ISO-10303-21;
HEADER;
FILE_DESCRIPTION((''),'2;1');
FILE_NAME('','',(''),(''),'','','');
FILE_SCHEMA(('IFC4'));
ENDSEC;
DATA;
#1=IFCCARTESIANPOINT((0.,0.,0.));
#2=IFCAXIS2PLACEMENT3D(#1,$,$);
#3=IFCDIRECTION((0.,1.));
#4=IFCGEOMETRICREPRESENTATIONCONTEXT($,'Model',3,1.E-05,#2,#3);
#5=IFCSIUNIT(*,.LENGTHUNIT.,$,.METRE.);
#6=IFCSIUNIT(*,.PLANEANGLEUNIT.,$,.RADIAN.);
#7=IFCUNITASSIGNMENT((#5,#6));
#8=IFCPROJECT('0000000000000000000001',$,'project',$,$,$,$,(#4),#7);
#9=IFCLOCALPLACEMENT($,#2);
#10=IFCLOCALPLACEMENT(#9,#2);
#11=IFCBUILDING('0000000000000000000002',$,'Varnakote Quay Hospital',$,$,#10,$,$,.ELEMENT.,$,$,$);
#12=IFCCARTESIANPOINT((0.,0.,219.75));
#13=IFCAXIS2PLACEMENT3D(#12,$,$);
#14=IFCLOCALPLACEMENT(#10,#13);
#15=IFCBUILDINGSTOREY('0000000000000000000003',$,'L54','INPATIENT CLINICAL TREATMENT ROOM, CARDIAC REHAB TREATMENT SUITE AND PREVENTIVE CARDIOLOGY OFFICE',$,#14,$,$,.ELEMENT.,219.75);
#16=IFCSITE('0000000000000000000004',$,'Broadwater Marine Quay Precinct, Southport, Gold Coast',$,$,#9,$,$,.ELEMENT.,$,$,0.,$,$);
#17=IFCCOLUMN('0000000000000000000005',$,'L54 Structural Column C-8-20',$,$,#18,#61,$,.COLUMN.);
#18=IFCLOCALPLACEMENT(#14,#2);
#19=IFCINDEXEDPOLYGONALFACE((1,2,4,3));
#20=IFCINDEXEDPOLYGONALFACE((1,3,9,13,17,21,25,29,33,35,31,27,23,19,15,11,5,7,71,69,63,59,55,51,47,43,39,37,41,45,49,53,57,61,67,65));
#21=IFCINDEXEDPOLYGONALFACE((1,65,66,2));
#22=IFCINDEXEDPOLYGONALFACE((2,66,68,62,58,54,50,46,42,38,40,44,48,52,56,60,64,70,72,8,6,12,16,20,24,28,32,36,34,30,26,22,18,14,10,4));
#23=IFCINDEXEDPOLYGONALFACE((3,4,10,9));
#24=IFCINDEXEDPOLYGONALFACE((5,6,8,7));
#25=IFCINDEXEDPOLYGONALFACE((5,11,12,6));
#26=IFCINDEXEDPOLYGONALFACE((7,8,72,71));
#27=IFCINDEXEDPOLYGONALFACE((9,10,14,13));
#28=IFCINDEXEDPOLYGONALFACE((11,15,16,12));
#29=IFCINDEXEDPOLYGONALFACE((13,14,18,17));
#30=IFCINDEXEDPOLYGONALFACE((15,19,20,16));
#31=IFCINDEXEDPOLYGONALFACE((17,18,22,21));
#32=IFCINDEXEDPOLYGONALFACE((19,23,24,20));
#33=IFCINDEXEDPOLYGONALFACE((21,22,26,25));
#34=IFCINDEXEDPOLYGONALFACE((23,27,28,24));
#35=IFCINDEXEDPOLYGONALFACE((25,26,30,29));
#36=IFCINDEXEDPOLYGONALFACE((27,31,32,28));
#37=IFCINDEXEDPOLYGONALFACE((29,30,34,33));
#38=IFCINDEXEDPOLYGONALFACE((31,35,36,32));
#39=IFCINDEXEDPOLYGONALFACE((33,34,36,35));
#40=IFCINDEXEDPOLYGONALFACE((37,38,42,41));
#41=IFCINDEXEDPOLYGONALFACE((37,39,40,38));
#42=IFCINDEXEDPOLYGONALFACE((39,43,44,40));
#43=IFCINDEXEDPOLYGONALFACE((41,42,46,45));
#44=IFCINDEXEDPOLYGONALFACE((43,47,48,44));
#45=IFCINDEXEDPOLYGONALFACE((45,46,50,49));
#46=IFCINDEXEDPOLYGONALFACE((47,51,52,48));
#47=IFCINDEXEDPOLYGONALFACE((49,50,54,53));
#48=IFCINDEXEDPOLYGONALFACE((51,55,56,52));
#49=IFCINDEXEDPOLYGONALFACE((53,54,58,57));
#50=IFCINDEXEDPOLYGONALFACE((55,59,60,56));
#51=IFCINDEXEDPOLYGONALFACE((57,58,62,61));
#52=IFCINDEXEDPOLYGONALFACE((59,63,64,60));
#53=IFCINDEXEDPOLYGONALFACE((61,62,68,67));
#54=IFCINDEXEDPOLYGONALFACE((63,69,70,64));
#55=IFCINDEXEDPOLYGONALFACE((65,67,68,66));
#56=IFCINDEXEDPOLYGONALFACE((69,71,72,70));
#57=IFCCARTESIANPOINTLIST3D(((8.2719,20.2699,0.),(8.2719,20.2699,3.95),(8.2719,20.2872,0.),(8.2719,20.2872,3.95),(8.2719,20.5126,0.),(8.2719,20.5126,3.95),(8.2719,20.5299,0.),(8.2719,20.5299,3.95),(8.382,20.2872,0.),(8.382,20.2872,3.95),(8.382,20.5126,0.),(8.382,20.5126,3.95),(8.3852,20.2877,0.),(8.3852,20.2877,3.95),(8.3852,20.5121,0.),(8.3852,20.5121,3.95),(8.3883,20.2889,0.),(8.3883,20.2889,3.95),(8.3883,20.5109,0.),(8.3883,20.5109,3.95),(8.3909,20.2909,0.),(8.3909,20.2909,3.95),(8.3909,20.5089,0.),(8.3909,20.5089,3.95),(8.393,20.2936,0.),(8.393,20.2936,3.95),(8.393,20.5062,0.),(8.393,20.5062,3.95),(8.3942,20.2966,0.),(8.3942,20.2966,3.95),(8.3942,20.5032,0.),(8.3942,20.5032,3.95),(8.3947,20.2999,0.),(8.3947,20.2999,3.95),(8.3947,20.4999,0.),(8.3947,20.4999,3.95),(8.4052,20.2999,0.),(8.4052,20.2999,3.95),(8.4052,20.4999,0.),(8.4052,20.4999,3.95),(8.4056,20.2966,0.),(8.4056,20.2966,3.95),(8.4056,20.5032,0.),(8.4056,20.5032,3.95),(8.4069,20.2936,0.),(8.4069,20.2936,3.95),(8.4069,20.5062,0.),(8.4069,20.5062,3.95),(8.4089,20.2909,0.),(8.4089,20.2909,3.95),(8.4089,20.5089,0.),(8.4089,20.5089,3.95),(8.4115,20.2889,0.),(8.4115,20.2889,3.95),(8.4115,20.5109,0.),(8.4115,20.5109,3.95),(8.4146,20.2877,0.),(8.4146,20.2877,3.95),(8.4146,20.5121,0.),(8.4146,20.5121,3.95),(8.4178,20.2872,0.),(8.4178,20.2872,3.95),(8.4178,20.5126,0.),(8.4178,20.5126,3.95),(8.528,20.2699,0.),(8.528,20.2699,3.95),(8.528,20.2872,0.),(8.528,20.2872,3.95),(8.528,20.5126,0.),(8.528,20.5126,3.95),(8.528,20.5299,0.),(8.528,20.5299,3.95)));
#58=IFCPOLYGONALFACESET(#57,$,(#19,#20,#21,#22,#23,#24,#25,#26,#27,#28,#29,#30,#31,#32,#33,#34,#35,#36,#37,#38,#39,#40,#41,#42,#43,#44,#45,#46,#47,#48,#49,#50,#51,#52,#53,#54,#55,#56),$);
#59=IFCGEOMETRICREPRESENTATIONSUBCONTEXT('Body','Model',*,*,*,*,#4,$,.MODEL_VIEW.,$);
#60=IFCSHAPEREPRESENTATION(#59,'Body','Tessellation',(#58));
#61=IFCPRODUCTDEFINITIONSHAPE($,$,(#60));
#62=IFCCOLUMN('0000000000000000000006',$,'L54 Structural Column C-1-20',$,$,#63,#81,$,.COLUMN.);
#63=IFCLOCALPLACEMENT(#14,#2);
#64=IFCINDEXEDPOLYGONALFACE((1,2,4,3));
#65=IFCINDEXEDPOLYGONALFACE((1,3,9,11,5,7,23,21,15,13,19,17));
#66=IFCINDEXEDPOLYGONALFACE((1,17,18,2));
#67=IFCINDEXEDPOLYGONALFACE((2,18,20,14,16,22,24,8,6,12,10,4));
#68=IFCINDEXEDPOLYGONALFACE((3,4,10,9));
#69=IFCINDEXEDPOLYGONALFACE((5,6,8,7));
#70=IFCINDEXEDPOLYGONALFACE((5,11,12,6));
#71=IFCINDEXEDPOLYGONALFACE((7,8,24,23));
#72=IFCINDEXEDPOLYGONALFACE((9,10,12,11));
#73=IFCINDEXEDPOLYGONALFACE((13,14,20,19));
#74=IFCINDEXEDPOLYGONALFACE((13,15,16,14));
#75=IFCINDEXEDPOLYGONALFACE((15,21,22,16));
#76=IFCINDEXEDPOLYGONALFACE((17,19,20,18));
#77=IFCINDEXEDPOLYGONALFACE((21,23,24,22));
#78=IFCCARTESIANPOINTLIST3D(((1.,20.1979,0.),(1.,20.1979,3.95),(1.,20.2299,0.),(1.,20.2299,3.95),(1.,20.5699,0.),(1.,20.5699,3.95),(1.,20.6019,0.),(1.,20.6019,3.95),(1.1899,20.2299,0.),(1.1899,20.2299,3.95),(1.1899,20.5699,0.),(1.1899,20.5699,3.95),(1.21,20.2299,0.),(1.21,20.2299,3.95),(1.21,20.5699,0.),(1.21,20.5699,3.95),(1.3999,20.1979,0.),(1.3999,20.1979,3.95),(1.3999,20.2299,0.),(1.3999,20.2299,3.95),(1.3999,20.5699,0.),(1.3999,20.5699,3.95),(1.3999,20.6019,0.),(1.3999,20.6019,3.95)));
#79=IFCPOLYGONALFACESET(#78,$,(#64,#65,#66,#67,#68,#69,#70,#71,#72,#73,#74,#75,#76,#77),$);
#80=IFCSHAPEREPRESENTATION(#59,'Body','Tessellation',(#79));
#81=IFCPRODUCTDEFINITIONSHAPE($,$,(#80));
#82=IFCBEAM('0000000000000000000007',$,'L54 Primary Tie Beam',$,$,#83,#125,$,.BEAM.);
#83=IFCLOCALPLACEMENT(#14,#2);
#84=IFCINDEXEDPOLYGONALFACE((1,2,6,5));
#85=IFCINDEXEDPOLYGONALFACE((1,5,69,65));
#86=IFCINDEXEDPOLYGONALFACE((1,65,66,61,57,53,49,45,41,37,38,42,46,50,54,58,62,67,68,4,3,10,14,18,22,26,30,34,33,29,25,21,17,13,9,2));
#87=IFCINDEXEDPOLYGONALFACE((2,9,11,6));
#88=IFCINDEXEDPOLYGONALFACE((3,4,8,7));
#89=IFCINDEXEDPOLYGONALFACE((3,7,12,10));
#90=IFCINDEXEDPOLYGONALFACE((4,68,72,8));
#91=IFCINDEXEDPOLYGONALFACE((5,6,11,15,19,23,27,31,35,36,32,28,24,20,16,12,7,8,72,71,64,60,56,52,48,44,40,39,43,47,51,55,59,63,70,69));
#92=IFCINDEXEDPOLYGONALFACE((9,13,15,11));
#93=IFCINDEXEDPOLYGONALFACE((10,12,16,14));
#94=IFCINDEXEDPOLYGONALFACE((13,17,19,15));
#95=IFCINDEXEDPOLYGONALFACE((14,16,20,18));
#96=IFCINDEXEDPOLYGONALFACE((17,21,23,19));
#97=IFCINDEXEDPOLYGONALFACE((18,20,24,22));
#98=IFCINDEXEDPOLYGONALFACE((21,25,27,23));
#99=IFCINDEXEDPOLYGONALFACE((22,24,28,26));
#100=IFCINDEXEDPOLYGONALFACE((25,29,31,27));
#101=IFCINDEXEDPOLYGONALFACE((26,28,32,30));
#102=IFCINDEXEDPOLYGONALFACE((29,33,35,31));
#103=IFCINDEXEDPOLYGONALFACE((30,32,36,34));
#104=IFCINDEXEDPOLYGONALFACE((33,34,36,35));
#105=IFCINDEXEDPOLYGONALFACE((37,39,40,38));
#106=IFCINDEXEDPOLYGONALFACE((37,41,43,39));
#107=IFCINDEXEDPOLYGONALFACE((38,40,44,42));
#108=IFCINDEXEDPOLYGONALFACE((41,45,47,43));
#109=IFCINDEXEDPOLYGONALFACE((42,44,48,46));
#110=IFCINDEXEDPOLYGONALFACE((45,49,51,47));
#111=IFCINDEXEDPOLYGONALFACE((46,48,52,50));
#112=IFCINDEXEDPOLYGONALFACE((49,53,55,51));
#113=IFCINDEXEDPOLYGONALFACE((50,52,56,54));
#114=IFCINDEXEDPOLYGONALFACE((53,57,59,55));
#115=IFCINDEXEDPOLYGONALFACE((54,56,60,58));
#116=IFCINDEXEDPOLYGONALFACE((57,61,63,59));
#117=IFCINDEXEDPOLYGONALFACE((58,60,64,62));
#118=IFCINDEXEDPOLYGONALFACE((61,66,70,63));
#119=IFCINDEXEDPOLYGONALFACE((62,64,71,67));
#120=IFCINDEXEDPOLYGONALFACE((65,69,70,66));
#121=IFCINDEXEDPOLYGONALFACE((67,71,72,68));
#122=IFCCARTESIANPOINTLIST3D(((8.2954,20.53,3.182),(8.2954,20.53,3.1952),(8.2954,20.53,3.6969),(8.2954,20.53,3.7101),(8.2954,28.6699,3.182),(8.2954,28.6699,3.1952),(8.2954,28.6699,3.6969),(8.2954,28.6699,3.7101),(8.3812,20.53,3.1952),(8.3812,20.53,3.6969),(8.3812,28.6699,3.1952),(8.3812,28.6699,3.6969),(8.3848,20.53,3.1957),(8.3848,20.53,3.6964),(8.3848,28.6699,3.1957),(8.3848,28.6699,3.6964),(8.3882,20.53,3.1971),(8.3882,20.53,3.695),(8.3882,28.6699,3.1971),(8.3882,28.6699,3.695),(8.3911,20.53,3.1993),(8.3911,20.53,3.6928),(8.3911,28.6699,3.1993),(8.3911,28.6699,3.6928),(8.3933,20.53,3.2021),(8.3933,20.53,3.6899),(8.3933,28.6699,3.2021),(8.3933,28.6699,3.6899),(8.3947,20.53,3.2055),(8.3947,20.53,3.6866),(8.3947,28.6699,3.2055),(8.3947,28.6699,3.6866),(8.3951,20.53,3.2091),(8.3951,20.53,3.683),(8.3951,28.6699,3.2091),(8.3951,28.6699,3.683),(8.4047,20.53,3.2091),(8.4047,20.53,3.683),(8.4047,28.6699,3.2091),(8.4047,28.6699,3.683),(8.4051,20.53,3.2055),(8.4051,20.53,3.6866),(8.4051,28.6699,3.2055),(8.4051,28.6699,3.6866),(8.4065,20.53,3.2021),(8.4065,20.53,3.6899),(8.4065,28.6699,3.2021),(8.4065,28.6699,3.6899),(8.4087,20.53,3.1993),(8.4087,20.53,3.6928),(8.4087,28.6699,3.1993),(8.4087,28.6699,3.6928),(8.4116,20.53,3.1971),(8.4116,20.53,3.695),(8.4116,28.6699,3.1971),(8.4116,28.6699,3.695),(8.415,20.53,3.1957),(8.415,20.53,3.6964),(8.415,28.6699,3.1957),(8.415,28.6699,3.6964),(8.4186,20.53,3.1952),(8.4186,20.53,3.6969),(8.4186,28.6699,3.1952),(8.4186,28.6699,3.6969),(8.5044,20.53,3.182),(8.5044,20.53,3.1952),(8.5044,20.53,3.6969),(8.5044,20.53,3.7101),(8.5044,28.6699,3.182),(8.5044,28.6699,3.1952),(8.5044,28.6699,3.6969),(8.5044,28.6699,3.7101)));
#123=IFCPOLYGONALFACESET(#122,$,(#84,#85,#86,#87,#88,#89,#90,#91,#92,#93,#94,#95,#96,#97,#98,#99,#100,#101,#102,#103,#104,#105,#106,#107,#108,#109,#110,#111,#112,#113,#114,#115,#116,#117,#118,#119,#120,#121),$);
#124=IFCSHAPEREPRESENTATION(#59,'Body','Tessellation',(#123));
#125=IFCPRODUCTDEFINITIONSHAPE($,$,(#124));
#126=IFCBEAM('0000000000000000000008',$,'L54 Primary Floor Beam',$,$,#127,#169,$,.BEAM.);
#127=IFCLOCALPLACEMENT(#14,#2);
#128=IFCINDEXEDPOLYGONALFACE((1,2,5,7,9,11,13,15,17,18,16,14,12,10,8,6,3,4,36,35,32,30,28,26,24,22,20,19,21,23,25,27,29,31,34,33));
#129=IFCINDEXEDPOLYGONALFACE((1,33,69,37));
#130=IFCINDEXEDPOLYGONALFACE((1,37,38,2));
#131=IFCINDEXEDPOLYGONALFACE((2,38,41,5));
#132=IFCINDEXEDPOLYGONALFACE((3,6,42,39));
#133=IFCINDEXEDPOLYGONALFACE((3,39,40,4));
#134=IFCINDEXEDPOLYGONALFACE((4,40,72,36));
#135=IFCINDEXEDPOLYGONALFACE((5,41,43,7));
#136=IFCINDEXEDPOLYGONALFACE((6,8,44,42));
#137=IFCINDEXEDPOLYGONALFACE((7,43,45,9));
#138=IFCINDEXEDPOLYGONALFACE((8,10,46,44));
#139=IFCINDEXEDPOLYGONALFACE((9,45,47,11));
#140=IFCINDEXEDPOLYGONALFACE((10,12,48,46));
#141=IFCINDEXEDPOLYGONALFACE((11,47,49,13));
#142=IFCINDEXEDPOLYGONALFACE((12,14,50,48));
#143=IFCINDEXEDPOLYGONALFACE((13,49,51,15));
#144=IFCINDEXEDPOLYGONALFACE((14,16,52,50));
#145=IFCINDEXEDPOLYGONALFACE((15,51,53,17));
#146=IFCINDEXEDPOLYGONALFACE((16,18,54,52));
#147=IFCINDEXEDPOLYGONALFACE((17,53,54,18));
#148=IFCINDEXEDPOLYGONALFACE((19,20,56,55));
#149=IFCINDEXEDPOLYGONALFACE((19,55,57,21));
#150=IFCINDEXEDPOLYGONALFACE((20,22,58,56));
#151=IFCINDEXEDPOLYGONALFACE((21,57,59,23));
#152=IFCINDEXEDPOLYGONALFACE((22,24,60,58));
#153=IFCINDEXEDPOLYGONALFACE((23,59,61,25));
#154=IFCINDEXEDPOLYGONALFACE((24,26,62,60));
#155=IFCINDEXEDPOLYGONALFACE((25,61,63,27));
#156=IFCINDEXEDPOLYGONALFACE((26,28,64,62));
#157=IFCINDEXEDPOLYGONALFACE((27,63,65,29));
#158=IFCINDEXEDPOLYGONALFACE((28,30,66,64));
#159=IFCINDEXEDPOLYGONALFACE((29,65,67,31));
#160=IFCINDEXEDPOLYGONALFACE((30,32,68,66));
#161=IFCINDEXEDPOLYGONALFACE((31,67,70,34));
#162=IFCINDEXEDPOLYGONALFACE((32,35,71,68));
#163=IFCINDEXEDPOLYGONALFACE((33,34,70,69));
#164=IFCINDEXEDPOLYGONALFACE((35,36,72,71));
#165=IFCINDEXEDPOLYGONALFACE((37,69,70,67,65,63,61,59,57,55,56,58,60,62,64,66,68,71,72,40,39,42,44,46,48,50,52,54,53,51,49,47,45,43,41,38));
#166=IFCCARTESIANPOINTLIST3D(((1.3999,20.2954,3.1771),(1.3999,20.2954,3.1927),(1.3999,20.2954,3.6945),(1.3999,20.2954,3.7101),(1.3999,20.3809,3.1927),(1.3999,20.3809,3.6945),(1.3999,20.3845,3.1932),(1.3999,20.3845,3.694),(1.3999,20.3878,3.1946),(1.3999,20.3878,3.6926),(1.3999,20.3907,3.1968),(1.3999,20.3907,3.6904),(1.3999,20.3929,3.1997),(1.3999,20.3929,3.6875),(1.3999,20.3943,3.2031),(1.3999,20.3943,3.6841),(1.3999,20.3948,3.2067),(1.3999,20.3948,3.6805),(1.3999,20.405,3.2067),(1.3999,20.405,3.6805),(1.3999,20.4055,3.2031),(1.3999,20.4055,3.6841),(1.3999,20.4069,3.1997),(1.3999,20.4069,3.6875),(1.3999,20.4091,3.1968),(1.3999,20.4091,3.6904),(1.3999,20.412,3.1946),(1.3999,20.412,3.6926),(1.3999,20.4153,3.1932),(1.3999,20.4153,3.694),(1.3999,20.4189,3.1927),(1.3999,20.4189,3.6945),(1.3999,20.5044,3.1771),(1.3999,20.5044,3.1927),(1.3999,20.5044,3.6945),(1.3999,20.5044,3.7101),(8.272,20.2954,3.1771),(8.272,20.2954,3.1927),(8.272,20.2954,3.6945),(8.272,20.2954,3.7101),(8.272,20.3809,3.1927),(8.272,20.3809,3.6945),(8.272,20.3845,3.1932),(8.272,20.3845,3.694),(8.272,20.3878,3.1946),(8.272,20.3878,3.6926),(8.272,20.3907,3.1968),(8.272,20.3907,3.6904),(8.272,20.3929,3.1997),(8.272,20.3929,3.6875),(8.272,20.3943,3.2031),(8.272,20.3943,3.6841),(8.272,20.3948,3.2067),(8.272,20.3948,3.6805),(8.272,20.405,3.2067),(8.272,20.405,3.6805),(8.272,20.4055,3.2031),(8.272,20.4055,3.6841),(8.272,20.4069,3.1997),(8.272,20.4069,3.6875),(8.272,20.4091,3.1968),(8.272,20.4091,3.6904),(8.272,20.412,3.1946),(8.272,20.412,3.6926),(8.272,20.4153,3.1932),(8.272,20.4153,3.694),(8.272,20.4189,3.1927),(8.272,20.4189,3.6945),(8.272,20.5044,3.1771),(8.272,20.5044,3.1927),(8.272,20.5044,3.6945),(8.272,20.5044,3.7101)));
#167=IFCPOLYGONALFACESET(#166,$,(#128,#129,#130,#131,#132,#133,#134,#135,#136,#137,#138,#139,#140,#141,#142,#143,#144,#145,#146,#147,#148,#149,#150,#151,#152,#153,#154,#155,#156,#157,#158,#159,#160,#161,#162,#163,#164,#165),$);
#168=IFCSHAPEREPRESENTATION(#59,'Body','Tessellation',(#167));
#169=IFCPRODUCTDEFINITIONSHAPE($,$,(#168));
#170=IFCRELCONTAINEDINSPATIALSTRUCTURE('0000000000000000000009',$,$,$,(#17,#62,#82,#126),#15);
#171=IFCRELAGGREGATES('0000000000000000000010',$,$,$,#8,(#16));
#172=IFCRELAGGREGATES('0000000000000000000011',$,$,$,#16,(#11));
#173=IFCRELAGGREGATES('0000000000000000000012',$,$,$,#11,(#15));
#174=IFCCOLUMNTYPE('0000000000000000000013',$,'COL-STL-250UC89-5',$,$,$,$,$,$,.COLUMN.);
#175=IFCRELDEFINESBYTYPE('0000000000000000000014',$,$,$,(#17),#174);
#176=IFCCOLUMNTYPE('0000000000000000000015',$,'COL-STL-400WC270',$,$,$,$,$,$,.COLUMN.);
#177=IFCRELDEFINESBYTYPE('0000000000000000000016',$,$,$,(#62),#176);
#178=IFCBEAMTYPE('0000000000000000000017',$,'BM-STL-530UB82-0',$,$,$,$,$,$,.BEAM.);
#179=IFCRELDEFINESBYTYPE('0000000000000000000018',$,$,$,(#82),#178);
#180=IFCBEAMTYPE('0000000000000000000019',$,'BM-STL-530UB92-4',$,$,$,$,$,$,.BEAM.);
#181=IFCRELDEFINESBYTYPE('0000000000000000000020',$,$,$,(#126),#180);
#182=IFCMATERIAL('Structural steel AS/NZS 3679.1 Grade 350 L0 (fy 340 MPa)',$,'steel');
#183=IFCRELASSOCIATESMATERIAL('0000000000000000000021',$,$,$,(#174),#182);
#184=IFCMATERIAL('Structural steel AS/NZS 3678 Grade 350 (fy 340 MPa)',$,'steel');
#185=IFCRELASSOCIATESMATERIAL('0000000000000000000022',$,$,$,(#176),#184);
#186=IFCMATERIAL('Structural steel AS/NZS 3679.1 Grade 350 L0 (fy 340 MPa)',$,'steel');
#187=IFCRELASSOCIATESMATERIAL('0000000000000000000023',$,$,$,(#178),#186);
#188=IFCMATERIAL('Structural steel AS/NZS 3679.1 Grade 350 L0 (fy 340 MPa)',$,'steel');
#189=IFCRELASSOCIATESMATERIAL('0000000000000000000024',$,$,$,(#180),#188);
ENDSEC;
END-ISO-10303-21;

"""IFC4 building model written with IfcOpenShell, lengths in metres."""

from ifc_helpers import new_model, si_unit, direction, frame, origin, origin_2d, place, context, subcontext, project, spatial, i_section, extrude, material, material_profile, profile_set, type_object, element, save


model = new_model("IFC4")

# Units and contexts
model_context = context("Model", 3, precision=1e-05, world=origin(), true_north=direction((0.0, 1.0)))
body_context = subcontext(model_context, "Body", "Model", "MODEL_VIEW")
ifc_project = project(units=[si_unit("LENGTHUNIT", "METRE"), si_unit("PLANEANGLEUNIT", "RADIAN")], contexts=[model_context])

# Site, building, storey
site_placement = place(None, origin())
site = spatial("IfcSite", under=ifc_project, at=site_placement, Name="Broadwater Marine Quay Precinct, Southport, Gold Coast", CompositionType="ELEMENT", RefElevation=0.0)
building_placement = place(site_placement, origin())
building = spatial("IfcBuilding", under=site, at=building_placement, Name="Varnakote Quay Hospital", CompositionType="ELEMENT")
storey_placement = place(building_placement, frame((0.0, 0.0, 219.75)))
storey = spatial("IfcBuildingStorey", under=building, at=storey_placement, Name="L54", Description="INPATIENT CLINICAL TREATMENT ROOM, CARDIAC REHAB TREATMENT SUITE AND PREVENTIVE CARDIOLOGY OFFICE", CompositionType="ELEMENT", Elevation=219.75)

# Columns
ifc_material_1 = material(Name="Structural steel AS/NZS 3679.1 Grade 350 L0 (fy 340 MPa)", Category="steel")
ifc_material_profile_1 = material_profile(ifc_material_1, i_section(OverallWidth=0.2561, OverallDepth=0.26, WebThickness=0.0105, FlangeThickness=0.0173, FilletRadius=0.0127, at=origin_2d()), Name="250UC89.5")
ifc_profile_set_1 = profile_set([ifc_material_profile_1], Name="Structural steel AS/NZS 3679.1 Grade 350 L0 (fy 340 MPa)")
column_type_1 = type_object("IfcColumnType", Name="COL-STL-250UC89-5", PredefinedType="COLUMN", material=ifc_profile_set_1)
column_1_placement = place(storey_placement, frame((8.3999, 20.3999, 0.0), z_axis=(0.0, 0.0, 1.0), x_axis=(1.0, 0.0, 0.0)))
element("IfcColumn", 1, at=column_1_placement, inside=storey, type_object=column_type_1, Name="L54 Structural Column C-8-20", PredefinedType="COLUMN", context=body_context, shape_type="SweptSolid", body=[
    extrude(i_section(OverallWidth=0.2561, OverallDepth=0.26, WebThickness=0.0105, FlangeThickness=0.0173, FilletRadius=0.0127, at=origin_2d()), origin(), (0.0, 0.0, 1.0), 3.95),
])
ifc_material_2 = material(Name="Structural steel AS/NZS 3678 Grade 350 (fy 340 MPa)", Category="steel")
ifc_material_profile_2 = material_profile(ifc_material_2, i_section(OverallWidth=0.3999, OverallDepth=0.4041, WebThickness=0.02, FlangeThickness=0.032, at=origin_2d()), Name="400WC270")
ifc_profile_set_2 = profile_set([ifc_material_profile_2], Name="Structural steel AS/NZS 3678 Grade 350 (fy 340 MPa)")
column_type_2 = type_object("IfcColumnType", Name="COL-STL-400WC270", PredefinedType="COLUMN", material=ifc_profile_set_2)
column_2_placement = place(storey_placement, frame((1.2, 20.3999, 0.0), z_axis=(0.0, 0.0, 1.0), x_axis=(1.0, 0.0, 0.0)))
element("IfcColumn", 2, at=column_2_placement, inside=storey, type_object=column_type_2, Name="L54 Structural Column C-1-20", PredefinedType="COLUMN", context=body_context, shape_type="SweptSolid", body=[
    extrude(i_section(OverallWidth=0.3999, OverallDepth=0.4041, WebThickness=0.02, FlangeThickness=0.032, at=origin_2d()), origin(), (0.0, 0.0, 1.0), 3.95),
])

# Beams
ifc_material_3 = material(Name="Structural steel AS/NZS 3679.1 Grade 350 L0 (fy 340 MPa)", Category="steel")
ifc_material_profile_3 = material_profile(ifc_material_3, i_section(OverallWidth=0.209, OverallDepth=0.5281, WebThickness=0.0095, FlangeThickness=0.0132, FilletRadius=0.0139, at=origin_2d()), Name="530UB82.0")
ifc_profile_set_3 = profile_set([ifc_material_profile_3], Name="Structural steel AS/NZS 3679.1 Grade 350 L0 (fy 340 MPa)")
beam_type_1 = type_object("IfcBeamType", Name="BM-STL-530UB82-0", PredefinedType="BEAM", material=ifc_profile_set_3)
beam_1_placement = place(storey_placement, frame((8.3999, 20.53, 3.446), z_axis=(0.0, 1.0, 0.0), x_axis=(-1.0, 0.0, 0.0)))
element("IfcBeam", 3, at=beam_1_placement, inside=storey, type_object=beam_type_1, Name="L54 Primary Tie Beam", PredefinedType="BEAM", context=body_context, shape_type="SweptSolid", body=[
    extrude(i_section(OverallWidth=0.209, OverallDepth=0.5281, WebThickness=0.0095, FlangeThickness=0.0132, FilletRadius=0.0139, at=origin_2d()), origin(), (0.0, 0.0, 1.0), 8.1399),
])
ifc_material_4 = material(Name="Structural steel AS/NZS 3679.1 Grade 350 L0 (fy 340 MPa)", Category="steel")
ifc_material_profile_4 = material_profile(ifc_material_4, i_section(OverallWidth=0.209, OverallDepth=0.533, WebThickness=0.0103, FlangeThickness=0.0156, FilletRadius=0.0139, at=origin_2d()), Name="530UB92.4")
ifc_profile_set_4 = profile_set([ifc_material_profile_4], Name="Structural steel AS/NZS 3679.1 Grade 350 L0 (fy 340 MPa)")
beam_type_2 = type_object("IfcBeamType", Name="BM-STL-530UB92-4", PredefinedType="BEAM", material=ifc_profile_set_4)
beam_2_placement = place(storey_placement, frame((1.3999, 20.3999, 3.4436), z_axis=(1.0, 0.0, 0.0), x_axis=(0.0, 1.0, 0.0)))
element("IfcBeam", 4, at=beam_2_placement, inside=storey, type_object=beam_type_2, Name="L54 Primary Floor Beam", PredefinedType="BEAM", context=body_context, shape_type="SweptSolid", body=[
    extrude(i_section(OverallWidth=0.209, OverallDepth=0.533, WebThickness=0.0103, FlangeThickness=0.0156, FilletRadius=0.0139, at=origin_2d()), origin(), (0.0, 0.0, 1.0), 6.8721),
])

save(model, "model.ifc")
